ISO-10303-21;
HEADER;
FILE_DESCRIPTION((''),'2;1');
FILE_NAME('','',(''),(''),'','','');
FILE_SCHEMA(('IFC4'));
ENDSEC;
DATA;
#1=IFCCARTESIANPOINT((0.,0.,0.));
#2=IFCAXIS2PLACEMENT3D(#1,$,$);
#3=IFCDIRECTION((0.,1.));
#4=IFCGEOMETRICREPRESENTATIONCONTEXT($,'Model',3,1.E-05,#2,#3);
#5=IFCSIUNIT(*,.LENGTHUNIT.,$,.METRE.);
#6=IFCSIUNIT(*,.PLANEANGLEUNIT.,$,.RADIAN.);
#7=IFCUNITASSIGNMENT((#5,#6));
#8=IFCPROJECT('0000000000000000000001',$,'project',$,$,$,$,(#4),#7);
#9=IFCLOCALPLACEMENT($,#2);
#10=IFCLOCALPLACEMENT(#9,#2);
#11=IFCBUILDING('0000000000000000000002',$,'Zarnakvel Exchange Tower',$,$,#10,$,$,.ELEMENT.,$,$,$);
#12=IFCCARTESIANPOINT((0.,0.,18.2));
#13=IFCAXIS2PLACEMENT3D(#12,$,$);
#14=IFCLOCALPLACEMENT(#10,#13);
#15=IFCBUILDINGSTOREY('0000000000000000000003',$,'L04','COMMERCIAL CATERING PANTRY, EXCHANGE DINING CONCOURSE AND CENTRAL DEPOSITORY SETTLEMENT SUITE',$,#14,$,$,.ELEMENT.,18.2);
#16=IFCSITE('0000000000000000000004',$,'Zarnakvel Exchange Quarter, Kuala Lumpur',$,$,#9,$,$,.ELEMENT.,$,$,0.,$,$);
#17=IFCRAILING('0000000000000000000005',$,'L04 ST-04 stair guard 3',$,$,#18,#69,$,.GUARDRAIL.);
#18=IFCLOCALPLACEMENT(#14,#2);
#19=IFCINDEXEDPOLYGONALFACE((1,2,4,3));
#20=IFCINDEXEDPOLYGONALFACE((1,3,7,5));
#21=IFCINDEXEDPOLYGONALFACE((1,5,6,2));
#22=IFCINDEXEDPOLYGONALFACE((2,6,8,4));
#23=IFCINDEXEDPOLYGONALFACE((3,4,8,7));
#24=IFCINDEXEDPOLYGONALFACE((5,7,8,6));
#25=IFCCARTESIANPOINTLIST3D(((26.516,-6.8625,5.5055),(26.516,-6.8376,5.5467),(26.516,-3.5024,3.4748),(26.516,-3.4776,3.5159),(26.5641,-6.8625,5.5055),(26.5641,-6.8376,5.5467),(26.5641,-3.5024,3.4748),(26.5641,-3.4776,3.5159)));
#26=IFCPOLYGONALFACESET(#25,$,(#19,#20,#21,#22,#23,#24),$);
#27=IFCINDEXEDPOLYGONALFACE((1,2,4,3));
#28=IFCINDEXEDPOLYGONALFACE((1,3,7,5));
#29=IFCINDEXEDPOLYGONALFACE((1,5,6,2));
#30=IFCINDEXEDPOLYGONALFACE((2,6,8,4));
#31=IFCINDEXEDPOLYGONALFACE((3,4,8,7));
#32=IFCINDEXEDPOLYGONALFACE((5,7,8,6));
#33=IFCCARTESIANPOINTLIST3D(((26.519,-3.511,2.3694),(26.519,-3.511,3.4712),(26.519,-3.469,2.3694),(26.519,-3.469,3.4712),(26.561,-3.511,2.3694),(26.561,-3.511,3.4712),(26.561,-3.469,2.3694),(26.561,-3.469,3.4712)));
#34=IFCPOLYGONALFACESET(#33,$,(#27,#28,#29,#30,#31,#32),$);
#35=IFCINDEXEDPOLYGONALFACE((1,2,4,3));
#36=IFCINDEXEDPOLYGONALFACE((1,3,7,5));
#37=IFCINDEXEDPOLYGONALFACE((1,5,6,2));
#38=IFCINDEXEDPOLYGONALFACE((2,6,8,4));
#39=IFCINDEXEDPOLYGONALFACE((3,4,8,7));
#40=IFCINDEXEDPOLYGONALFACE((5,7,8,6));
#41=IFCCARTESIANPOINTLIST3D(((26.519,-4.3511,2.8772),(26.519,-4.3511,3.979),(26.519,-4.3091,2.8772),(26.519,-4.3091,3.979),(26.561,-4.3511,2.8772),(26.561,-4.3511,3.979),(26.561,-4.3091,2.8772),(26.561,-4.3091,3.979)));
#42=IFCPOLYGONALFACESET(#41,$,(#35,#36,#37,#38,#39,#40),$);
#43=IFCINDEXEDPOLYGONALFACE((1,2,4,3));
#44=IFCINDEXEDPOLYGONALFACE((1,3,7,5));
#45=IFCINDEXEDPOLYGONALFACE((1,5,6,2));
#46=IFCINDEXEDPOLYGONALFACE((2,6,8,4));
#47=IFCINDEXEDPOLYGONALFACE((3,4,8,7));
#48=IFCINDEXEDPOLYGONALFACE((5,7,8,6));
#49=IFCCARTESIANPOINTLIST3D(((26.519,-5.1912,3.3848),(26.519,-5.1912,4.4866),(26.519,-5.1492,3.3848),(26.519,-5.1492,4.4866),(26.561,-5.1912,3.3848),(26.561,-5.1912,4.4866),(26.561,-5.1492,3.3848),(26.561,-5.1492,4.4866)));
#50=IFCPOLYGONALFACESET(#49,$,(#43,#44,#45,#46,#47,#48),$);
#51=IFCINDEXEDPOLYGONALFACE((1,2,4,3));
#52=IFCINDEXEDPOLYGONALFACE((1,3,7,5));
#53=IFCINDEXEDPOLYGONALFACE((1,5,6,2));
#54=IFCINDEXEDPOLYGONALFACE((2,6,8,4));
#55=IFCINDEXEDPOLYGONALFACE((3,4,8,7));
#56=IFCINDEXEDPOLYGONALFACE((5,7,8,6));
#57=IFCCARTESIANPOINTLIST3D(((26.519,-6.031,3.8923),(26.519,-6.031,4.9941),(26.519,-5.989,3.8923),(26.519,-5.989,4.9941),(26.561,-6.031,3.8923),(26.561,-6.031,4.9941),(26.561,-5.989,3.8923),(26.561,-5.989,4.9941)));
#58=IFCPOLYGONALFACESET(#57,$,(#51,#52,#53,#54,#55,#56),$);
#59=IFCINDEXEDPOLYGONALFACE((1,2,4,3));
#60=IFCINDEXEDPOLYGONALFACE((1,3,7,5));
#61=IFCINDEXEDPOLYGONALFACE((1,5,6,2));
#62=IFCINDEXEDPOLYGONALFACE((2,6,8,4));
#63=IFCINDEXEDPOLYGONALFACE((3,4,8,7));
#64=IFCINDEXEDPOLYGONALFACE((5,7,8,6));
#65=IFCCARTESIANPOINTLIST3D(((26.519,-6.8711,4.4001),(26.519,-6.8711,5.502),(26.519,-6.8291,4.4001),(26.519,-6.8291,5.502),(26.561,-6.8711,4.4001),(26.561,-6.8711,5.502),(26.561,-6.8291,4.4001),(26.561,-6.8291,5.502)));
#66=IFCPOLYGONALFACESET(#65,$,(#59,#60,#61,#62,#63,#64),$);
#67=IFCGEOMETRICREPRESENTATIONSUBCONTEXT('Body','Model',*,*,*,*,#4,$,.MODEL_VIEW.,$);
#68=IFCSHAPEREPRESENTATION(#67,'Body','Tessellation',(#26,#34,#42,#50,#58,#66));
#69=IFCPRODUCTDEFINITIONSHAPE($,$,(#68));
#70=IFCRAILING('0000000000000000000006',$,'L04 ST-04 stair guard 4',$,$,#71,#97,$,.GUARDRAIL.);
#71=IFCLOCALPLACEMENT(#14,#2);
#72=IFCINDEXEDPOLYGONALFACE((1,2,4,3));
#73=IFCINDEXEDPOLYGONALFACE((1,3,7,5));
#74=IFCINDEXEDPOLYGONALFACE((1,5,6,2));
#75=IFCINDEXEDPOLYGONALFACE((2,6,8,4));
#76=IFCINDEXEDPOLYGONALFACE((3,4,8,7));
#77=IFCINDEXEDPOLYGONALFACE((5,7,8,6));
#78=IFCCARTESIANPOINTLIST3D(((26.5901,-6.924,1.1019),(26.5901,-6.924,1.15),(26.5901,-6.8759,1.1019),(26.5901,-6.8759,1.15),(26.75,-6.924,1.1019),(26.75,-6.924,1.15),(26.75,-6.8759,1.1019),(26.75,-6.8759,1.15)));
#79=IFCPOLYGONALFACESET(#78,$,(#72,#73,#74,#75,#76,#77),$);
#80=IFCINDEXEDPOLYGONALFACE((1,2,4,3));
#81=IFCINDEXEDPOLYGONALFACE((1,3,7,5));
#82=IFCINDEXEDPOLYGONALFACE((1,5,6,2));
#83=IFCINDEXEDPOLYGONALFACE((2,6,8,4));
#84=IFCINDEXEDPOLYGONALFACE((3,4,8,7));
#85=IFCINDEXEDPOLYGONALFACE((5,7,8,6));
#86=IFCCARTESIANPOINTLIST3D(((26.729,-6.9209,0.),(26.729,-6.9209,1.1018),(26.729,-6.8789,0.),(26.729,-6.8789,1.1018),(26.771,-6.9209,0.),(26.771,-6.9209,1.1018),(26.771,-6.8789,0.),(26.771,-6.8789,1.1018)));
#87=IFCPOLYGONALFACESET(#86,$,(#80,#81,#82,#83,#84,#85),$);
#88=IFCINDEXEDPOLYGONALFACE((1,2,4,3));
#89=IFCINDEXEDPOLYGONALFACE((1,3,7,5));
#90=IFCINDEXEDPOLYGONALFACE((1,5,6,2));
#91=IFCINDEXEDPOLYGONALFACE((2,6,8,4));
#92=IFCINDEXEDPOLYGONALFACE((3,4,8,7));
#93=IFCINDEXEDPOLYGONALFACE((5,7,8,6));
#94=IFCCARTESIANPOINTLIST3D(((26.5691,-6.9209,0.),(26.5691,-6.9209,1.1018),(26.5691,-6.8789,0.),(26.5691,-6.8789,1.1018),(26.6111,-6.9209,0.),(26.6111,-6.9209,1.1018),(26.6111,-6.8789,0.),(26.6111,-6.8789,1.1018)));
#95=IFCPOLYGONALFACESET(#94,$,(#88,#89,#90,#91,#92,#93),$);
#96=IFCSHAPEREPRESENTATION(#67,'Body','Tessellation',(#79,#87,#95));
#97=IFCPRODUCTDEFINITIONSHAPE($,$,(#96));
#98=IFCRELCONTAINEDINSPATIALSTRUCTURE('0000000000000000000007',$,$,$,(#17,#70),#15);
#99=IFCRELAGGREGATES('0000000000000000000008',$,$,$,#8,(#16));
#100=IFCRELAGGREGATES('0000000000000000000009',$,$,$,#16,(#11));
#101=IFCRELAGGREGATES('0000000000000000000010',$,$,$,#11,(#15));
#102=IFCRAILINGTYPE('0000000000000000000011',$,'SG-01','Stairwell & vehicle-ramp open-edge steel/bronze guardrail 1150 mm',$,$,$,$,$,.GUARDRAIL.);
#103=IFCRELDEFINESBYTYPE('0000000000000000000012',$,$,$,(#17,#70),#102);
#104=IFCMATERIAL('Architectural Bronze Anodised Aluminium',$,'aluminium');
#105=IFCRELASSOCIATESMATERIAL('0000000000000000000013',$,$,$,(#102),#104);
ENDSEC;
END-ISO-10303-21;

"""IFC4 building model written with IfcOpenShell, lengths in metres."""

from ifc_helpers import new_model, si_unit, direction, frame, origin, origin_2d, place, context, subcontext, project, spatial, rectangle, extrude, material, type_object, element, save


model = new_model("IFC4")

# Units and contexts
model_context = context("Model", 3, precision=1e-05, world=origin(), true_north=direction((0.0, 1.0)))
body_context = subcontext(model_context, "Body", "Model", "MODEL_VIEW")
ifc_project = project(units=[si_unit("LENGTHUNIT", "METRE"), si_unit("PLANEANGLEUNIT", "RADIAN")], contexts=[model_context])

# Site, building, storey
site_placement = place(None, origin())
site = spatial("IfcSite", under=ifc_project, at=site_placement, Name="Zarnakvel Exchange Quarter, Kuala Lumpur", CompositionType="ELEMENT", RefElevation=0.0)
building_placement = place(site_placement, origin())
building = spatial("IfcBuilding", under=site, at=building_placement, Name="Zarnakvel Exchange Tower", CompositionType="ELEMENT")
storey_placement = place(building_placement, frame((0.0, 0.0, 18.2)))
storey = spatial("IfcBuildingStorey", under=building, at=storey_placement, Name="L04", Description="COMMERCIAL CATERING PANTRY, EXCHANGE DINING CONCOURSE AND CENTRAL DEPOSITORY SETTLEMENT SUITE", CompositionType="ELEMENT", Elevation=18.2)

# Railings
ifc_material_1 = material(Name="Architectural Bronze Anodised Aluminium", Category="aluminium")
railing_type_1 = type_object("IfcRailingType", Name="SG-01", Description="Stairwell & vehicle-ramp open-edge steel/bronze guardrail 1150 mm", PredefinedType="GUARDRAIL", material=ifc_material_1)
railing_1_placement = place(storey_placement, frame((26.54, -3.49, 2.3694)))
element("IfcRailing", 1, at=railing_1_placement, inside=storey, type_object=railing_type_1, Name="L04 ST-04 stair guard 3", PredefinedType="GUARDRAIL", context=body_context, shape_type="SweptSolid", body=[
    extrude(rectangle(XDim=0.0481, YDim=0.0481, at=origin_2d()), frame((0.0, 0.0, 1.126), z_axis=(0.0, -0.855837, 0.517246), x_axis=(1.0, 0.0, 0.0)), (0.0, 0.0, 1.0), 3.926),
    extrude(rectangle(XDim=0.042, YDim=0.042, at=origin_2d()), origin(), (0.0, 0.0, 1.0), 1.1018),
    extrude(rectangle(XDim=0.042, YDim=0.042, at=origin_2d()), frame((0.0, -0.8401, 0.5078)), (0.0, 0.0, 1.0), 1.1018),
    extrude(rectangle(XDim=0.042, YDim=0.042, at=origin_2d()), frame((0.0, -1.6802, 1.0154)), (0.0, 0.0, 1.0), 1.1018),
    extrude(rectangle(XDim=0.042, YDim=0.042, at=origin_2d()), frame((0.0, -2.52, 1.5229)), (0.0, 0.0, 1.0), 1.1018),
    extrude(rectangle(XDim=0.042, YDim=0.042, at=origin_2d()), frame((0.0, -3.3601, 2.0308)), (0.0, 0.0, 1.0), 1.1018),
])
railing_2_placement = place(storey_placement, frame((26.75, -6.8999, 0.0)))
element("IfcRailing", 2, at=railing_2_placement, inside=storey, type_object=railing_type_1, Name="L04 ST-04 stair guard 4", PredefinedType="GUARDRAIL", context=body_context, shape_type="SweptSolid", body=[
    extrude(rectangle(XDim=0.0481, YDim=0.0481, at=origin_2d()), frame((0.0, 0.0, 1.126), z_axis=(-1.0, 0.0, 0.0), x_axis=(0.0, -1.0, 0.0)), (0.0, 0.0, 1.0), 0.1599),
    extrude(rectangle(XDim=0.042, YDim=0.042, at=origin_2d()), origin(), (0.0, 0.0, 1.0), 1.1018),
    extrude(rectangle(XDim=0.042, YDim=0.042, at=origin_2d()), frame((-0.1599, 0.0, 0.0)), (0.0, 0.0, 1.0), 1.1018),
])

save(model, "model.ifc")
